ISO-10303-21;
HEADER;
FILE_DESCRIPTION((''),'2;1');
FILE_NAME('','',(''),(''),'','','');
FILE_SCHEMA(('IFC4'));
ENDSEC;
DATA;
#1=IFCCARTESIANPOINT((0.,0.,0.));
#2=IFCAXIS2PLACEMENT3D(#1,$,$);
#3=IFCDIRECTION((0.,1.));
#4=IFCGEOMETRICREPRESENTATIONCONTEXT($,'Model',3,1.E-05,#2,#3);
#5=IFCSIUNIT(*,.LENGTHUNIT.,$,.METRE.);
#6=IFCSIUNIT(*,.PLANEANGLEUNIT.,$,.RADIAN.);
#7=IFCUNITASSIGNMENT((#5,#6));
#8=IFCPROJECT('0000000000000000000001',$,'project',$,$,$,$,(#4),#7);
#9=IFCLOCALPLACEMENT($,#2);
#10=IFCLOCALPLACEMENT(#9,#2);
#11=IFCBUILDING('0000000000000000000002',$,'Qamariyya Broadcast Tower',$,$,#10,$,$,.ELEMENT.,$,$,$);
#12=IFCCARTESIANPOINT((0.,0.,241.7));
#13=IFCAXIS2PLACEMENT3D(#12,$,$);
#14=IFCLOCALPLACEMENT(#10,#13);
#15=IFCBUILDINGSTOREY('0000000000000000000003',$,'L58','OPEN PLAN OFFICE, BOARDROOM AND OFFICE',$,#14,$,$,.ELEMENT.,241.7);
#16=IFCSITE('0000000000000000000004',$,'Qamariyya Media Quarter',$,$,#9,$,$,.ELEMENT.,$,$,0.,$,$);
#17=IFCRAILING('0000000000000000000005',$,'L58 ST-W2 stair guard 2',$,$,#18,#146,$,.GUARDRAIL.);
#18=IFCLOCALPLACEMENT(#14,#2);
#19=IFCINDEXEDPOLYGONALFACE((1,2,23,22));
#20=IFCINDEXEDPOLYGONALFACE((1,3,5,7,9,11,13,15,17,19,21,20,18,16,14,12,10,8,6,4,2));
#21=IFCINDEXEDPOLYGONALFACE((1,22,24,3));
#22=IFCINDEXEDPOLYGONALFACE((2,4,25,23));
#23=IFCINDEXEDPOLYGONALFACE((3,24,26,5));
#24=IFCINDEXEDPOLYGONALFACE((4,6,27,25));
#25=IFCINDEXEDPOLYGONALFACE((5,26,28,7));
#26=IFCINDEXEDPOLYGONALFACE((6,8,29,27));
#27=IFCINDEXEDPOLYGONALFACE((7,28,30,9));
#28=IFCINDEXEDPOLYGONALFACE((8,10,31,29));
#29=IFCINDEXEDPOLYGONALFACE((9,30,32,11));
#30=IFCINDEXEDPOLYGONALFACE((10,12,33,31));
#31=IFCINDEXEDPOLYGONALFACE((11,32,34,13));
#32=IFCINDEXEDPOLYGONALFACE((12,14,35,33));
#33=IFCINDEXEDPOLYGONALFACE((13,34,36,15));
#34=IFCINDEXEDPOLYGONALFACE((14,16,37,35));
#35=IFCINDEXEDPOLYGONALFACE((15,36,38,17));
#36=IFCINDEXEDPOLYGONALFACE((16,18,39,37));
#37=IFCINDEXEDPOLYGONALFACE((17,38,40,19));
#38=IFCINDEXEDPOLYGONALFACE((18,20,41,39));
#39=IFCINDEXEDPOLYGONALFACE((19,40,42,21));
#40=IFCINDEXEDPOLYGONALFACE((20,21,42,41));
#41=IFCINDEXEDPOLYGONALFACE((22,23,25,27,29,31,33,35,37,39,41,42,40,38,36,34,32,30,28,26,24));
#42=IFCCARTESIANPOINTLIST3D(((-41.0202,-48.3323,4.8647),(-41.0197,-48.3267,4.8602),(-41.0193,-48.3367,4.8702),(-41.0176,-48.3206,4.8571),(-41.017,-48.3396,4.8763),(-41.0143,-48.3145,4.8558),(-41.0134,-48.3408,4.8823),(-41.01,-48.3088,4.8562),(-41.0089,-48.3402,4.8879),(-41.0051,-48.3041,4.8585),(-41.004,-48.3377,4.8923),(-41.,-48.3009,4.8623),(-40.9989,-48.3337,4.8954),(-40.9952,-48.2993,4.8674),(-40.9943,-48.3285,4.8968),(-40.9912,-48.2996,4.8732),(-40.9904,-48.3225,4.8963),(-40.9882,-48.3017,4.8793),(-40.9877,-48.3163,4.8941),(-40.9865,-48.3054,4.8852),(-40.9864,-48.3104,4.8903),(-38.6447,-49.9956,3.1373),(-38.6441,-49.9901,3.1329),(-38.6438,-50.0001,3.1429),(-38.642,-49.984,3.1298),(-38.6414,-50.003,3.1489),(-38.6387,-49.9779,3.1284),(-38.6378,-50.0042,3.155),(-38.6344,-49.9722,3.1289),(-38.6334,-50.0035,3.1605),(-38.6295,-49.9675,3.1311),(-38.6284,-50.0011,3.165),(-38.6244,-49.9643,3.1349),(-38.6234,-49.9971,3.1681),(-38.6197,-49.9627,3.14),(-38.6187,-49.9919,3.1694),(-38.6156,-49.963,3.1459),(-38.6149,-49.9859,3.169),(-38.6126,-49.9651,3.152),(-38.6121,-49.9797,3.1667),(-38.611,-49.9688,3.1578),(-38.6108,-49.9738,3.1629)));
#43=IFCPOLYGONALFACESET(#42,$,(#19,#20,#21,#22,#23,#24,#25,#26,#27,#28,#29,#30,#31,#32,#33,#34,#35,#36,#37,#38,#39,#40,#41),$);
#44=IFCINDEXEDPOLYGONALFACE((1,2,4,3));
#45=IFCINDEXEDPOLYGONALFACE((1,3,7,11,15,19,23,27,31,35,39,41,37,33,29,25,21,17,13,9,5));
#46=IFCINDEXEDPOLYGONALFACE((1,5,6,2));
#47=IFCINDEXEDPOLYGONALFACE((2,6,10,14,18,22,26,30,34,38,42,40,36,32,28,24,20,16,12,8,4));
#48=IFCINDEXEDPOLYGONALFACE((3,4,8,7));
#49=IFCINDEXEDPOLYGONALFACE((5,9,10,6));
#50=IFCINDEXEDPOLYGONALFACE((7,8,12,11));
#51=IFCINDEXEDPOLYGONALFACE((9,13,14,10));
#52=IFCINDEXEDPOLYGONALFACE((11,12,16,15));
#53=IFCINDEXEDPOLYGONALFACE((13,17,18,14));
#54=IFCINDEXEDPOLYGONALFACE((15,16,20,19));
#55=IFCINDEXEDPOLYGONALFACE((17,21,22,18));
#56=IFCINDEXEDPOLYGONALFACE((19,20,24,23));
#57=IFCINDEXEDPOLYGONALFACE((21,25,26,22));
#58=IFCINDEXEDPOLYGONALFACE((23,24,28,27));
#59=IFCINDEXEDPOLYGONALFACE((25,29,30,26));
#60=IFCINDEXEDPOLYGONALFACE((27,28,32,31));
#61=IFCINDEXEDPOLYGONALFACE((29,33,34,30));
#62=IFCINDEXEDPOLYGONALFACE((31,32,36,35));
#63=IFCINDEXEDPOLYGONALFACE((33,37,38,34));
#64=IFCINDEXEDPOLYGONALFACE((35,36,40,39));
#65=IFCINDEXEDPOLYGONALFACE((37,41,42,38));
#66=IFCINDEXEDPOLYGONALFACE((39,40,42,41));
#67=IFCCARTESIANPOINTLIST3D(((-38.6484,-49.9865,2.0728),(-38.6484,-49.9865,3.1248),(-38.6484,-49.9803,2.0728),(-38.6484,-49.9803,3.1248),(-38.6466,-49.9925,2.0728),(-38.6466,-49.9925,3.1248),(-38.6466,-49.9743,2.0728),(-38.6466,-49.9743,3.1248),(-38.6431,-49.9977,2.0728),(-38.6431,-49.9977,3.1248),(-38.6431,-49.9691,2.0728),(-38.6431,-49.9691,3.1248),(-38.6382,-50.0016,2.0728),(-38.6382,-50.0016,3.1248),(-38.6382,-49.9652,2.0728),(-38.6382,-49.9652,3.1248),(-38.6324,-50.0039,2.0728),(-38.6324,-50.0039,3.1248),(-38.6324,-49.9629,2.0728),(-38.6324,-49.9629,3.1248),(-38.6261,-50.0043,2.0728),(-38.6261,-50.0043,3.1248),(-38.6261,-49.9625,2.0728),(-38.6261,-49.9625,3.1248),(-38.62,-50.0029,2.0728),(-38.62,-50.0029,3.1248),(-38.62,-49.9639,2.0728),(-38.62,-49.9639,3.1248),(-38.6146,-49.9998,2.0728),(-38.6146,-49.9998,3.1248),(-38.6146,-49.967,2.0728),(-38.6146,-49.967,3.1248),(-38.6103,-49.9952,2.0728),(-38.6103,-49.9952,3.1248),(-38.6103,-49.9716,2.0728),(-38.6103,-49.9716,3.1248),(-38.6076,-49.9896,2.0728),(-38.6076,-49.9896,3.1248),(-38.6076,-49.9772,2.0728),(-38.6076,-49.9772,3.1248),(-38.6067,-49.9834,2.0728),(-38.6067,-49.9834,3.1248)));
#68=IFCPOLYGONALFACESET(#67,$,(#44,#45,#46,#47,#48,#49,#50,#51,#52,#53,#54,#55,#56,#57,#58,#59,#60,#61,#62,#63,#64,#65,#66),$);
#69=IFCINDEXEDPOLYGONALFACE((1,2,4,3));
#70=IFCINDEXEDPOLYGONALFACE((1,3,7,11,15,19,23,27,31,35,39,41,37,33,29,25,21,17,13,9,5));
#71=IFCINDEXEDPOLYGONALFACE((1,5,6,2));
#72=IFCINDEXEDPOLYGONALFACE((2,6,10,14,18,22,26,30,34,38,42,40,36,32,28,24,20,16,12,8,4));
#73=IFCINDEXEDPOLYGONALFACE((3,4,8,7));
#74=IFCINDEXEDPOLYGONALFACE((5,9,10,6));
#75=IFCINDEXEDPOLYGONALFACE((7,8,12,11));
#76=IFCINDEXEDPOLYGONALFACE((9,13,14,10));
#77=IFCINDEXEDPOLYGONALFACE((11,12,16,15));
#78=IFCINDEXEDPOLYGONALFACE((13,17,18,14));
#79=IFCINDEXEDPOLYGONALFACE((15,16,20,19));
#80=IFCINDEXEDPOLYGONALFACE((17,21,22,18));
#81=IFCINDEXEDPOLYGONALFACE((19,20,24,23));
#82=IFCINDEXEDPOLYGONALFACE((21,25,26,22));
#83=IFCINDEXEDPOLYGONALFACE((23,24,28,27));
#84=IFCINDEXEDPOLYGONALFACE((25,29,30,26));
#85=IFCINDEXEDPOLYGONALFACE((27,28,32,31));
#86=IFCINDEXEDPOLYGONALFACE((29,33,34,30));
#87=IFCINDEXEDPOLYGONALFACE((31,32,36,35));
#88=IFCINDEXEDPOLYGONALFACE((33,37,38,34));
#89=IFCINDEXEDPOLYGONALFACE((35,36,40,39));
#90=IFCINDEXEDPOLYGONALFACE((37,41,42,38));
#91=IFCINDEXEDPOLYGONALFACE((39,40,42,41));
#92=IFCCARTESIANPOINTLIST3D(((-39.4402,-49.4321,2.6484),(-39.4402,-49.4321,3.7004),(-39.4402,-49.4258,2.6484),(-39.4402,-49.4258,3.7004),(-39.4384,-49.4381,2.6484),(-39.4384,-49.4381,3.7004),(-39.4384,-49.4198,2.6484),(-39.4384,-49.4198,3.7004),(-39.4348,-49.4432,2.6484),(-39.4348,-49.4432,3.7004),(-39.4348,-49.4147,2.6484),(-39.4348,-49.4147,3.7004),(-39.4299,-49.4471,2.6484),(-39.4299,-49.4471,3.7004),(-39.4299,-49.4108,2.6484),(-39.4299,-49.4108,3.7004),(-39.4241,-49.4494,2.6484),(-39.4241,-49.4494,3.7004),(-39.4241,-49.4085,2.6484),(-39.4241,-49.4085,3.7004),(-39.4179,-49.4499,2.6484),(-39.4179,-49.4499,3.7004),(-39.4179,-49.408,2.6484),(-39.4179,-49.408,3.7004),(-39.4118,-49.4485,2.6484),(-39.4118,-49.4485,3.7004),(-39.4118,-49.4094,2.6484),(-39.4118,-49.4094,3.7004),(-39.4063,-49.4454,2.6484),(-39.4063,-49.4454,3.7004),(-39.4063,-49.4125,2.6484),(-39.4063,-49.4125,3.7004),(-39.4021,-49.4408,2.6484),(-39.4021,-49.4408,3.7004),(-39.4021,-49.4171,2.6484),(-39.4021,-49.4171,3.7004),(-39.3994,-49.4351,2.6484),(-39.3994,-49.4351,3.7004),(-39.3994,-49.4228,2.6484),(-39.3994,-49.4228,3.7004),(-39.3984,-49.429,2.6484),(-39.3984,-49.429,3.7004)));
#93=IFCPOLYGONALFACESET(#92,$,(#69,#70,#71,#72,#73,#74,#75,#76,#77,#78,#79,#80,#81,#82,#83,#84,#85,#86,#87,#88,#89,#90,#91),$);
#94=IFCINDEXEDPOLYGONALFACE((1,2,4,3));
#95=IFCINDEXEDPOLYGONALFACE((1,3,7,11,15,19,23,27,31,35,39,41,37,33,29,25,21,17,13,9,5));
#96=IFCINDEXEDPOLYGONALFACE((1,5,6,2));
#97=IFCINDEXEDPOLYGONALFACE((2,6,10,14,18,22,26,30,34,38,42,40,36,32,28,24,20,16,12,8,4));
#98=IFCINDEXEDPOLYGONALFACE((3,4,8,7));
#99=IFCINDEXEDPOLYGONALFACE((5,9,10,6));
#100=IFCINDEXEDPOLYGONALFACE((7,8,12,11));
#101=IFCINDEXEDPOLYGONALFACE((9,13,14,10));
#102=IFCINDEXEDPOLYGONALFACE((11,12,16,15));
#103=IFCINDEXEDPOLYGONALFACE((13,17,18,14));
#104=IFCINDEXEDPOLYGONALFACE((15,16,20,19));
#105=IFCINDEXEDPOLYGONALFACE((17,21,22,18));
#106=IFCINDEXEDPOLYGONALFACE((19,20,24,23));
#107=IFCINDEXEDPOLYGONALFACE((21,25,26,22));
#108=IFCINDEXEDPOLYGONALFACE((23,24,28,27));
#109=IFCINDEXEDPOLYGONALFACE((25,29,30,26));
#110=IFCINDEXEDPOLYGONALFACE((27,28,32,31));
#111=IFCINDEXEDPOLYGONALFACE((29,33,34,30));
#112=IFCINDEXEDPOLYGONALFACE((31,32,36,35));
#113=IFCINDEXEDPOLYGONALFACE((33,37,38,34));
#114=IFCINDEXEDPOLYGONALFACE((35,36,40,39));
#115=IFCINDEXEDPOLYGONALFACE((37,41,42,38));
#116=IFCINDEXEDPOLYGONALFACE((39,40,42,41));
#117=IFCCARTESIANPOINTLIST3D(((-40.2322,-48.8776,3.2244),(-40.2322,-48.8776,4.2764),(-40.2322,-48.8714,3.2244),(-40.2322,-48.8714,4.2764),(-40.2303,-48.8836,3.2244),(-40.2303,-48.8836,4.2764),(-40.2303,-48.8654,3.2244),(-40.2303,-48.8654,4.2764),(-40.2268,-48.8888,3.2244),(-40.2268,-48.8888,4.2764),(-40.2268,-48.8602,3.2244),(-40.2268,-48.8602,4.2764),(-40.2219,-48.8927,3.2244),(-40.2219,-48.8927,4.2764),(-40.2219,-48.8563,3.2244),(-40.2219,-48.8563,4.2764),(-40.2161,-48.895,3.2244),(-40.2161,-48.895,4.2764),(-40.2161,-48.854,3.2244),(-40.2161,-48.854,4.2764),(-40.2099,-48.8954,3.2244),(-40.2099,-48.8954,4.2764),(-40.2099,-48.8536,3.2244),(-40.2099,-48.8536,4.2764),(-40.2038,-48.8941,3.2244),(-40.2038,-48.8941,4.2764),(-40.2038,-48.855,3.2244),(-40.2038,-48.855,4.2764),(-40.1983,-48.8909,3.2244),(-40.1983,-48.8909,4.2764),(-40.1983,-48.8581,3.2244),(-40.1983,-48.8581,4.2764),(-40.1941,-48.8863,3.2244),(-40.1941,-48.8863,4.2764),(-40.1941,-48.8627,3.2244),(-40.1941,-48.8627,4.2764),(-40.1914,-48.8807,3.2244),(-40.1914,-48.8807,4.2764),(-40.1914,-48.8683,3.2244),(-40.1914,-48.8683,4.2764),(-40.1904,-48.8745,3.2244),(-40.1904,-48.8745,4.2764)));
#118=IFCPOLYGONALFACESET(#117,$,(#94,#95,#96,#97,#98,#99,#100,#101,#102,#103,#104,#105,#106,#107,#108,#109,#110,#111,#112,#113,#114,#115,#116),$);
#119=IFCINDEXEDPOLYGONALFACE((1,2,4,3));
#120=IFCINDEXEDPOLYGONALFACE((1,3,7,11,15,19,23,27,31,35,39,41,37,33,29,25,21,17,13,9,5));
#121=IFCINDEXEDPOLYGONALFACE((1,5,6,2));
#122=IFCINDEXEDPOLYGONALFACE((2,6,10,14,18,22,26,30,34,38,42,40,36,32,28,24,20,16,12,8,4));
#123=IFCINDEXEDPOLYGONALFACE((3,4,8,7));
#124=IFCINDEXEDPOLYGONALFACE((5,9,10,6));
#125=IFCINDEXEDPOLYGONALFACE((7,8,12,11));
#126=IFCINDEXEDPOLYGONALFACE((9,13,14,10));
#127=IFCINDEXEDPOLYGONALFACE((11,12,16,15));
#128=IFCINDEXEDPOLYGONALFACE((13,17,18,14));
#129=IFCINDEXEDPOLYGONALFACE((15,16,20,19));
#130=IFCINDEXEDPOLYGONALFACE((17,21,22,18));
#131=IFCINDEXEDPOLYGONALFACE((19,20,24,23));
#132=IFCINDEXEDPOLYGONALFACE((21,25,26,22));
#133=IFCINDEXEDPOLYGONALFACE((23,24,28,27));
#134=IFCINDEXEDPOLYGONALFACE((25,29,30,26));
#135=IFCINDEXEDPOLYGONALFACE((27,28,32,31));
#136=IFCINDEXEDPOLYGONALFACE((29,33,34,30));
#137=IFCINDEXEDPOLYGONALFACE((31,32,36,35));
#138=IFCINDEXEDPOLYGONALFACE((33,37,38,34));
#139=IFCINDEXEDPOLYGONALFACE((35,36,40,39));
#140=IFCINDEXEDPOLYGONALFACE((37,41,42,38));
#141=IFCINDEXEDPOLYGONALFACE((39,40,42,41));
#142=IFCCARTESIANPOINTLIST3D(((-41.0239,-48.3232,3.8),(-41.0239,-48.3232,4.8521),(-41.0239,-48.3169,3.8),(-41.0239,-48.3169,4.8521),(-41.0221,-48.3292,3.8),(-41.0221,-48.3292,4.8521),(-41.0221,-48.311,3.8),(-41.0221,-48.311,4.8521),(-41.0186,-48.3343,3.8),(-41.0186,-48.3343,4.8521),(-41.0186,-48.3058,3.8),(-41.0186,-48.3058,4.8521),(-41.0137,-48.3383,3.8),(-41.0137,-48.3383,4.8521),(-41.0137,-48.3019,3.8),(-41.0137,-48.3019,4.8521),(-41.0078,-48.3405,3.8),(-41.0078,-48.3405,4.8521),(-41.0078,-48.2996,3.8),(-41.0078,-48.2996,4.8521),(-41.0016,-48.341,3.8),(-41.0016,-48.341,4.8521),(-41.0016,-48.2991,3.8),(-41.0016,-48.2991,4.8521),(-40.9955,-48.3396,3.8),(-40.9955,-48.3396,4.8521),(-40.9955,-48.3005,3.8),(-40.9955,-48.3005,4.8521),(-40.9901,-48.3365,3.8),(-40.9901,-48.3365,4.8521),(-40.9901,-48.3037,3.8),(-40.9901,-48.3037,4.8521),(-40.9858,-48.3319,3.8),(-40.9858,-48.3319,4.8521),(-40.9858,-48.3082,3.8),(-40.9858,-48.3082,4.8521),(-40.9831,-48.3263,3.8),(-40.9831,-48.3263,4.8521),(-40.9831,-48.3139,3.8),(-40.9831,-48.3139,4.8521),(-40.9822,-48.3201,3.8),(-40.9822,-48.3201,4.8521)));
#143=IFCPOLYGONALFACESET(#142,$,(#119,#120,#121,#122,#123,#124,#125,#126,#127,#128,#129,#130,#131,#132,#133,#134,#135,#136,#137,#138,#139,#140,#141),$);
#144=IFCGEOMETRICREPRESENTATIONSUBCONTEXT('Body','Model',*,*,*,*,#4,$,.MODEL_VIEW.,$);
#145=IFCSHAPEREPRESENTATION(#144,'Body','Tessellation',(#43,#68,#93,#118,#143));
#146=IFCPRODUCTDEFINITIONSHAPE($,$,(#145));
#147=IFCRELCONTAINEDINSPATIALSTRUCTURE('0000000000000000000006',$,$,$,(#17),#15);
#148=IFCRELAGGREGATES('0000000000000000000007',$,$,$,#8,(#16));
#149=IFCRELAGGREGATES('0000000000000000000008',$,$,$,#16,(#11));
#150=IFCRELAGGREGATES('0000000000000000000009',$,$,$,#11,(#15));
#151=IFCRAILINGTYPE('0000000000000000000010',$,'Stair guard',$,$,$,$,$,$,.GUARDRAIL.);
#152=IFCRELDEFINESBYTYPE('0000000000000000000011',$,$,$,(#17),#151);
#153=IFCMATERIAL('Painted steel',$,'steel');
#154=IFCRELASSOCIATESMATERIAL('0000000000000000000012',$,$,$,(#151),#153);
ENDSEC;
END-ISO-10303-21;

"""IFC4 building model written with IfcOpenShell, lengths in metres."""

from ifc_helpers import new_model, si_unit, direction, frame, origin, origin_2d, place, context, subcontext, project, spatial, circle, extrude, material, type_object, element, save


model = new_model("IFC4")

# Units and contexts
model_context = context("Model", 3, precision=1e-05, world=origin(), true_north=direction((0.0, 1.0)))
body_context = subcontext(model_context, "Body", "Model", "MODEL_VIEW")
ifc_project = project(units=[si_unit("LENGTHUNIT", "METRE"), si_unit("PLANEANGLEUNIT", "RADIAN")], contexts=[model_context])

# Site, building, storey
site_placement = place(None, origin())
site = spatial("IfcSite", under=ifc_project, at=site_placement, Name="Qamariyya Media Quarter", CompositionType="ELEMENT", RefElevation=0.0)
building_placement = place(site_placement, origin())
building = spatial("IfcBuilding", under=site, at=building_placement, Name="Qamariyya Broadcast Tower", CompositionType="ELEMENT")
storey_placement = place(building_placement, frame((0.0, 0.0, 241.7)))
storey = spatial("IfcBuildingStorey", under=building, at=storey_placement, Name="L58", Description="OPEN PLAN OFFICE, BOARDROOM AND OFFICE", CompositionType="ELEMENT", Elevation=241.7)

# Railing
ifc_material_1 = material(Name="Painted steel", Category="steel")
railing_type_1 = type_object("IfcRailingType", Name="Stair guard", PredefinedType="GUARDRAIL", material=ifc_material_1)
railing_1_placement = place(storey_placement, frame((-38.6277, -49.9834, 2.0728)))
element("IfcRailing", 1, at=railing_1_placement, inside=storey, type_object=railing_type_1, Name="L58 ST-W2 stair guard 2", PredefinedType="GUARDRAIL", context=body_context, shape_type="SweptSolid", body=[
    extrude(circle(Radius=0.0239, at=origin_2d()), frame((0.0, 0.0, 1.0762), z_axis=(-0.70377, 0.492784, 0.511734), x_axis=(-0.573575, -0.819153, 0.0)), (0.0, 0.0, 1.0), 3.3755),
    extrude(circle(Radius=0.021, at=origin_2d()), origin(), (0.0, 0.0, 1.0), 1.052),
    extrude(circle(Radius=0.021, at=origin_2d()), frame((-0.7917, 0.5544, 0.5757)), (0.0, 0.0, 1.0), 1.052),
    extrude(circle(Radius=0.021, at=origin_2d()), frame((-1.5837, 1.1089, 1.1516)), (0.0, 0.0, 1.0), 1.052),
    extrude(circle(Radius=0.021, at=origin_2d()), frame((-2.3755, 1.6633, 1.7273)), (0.0, 0.0, 1.0), 1.052),
])

save(model, "model.ifc")
